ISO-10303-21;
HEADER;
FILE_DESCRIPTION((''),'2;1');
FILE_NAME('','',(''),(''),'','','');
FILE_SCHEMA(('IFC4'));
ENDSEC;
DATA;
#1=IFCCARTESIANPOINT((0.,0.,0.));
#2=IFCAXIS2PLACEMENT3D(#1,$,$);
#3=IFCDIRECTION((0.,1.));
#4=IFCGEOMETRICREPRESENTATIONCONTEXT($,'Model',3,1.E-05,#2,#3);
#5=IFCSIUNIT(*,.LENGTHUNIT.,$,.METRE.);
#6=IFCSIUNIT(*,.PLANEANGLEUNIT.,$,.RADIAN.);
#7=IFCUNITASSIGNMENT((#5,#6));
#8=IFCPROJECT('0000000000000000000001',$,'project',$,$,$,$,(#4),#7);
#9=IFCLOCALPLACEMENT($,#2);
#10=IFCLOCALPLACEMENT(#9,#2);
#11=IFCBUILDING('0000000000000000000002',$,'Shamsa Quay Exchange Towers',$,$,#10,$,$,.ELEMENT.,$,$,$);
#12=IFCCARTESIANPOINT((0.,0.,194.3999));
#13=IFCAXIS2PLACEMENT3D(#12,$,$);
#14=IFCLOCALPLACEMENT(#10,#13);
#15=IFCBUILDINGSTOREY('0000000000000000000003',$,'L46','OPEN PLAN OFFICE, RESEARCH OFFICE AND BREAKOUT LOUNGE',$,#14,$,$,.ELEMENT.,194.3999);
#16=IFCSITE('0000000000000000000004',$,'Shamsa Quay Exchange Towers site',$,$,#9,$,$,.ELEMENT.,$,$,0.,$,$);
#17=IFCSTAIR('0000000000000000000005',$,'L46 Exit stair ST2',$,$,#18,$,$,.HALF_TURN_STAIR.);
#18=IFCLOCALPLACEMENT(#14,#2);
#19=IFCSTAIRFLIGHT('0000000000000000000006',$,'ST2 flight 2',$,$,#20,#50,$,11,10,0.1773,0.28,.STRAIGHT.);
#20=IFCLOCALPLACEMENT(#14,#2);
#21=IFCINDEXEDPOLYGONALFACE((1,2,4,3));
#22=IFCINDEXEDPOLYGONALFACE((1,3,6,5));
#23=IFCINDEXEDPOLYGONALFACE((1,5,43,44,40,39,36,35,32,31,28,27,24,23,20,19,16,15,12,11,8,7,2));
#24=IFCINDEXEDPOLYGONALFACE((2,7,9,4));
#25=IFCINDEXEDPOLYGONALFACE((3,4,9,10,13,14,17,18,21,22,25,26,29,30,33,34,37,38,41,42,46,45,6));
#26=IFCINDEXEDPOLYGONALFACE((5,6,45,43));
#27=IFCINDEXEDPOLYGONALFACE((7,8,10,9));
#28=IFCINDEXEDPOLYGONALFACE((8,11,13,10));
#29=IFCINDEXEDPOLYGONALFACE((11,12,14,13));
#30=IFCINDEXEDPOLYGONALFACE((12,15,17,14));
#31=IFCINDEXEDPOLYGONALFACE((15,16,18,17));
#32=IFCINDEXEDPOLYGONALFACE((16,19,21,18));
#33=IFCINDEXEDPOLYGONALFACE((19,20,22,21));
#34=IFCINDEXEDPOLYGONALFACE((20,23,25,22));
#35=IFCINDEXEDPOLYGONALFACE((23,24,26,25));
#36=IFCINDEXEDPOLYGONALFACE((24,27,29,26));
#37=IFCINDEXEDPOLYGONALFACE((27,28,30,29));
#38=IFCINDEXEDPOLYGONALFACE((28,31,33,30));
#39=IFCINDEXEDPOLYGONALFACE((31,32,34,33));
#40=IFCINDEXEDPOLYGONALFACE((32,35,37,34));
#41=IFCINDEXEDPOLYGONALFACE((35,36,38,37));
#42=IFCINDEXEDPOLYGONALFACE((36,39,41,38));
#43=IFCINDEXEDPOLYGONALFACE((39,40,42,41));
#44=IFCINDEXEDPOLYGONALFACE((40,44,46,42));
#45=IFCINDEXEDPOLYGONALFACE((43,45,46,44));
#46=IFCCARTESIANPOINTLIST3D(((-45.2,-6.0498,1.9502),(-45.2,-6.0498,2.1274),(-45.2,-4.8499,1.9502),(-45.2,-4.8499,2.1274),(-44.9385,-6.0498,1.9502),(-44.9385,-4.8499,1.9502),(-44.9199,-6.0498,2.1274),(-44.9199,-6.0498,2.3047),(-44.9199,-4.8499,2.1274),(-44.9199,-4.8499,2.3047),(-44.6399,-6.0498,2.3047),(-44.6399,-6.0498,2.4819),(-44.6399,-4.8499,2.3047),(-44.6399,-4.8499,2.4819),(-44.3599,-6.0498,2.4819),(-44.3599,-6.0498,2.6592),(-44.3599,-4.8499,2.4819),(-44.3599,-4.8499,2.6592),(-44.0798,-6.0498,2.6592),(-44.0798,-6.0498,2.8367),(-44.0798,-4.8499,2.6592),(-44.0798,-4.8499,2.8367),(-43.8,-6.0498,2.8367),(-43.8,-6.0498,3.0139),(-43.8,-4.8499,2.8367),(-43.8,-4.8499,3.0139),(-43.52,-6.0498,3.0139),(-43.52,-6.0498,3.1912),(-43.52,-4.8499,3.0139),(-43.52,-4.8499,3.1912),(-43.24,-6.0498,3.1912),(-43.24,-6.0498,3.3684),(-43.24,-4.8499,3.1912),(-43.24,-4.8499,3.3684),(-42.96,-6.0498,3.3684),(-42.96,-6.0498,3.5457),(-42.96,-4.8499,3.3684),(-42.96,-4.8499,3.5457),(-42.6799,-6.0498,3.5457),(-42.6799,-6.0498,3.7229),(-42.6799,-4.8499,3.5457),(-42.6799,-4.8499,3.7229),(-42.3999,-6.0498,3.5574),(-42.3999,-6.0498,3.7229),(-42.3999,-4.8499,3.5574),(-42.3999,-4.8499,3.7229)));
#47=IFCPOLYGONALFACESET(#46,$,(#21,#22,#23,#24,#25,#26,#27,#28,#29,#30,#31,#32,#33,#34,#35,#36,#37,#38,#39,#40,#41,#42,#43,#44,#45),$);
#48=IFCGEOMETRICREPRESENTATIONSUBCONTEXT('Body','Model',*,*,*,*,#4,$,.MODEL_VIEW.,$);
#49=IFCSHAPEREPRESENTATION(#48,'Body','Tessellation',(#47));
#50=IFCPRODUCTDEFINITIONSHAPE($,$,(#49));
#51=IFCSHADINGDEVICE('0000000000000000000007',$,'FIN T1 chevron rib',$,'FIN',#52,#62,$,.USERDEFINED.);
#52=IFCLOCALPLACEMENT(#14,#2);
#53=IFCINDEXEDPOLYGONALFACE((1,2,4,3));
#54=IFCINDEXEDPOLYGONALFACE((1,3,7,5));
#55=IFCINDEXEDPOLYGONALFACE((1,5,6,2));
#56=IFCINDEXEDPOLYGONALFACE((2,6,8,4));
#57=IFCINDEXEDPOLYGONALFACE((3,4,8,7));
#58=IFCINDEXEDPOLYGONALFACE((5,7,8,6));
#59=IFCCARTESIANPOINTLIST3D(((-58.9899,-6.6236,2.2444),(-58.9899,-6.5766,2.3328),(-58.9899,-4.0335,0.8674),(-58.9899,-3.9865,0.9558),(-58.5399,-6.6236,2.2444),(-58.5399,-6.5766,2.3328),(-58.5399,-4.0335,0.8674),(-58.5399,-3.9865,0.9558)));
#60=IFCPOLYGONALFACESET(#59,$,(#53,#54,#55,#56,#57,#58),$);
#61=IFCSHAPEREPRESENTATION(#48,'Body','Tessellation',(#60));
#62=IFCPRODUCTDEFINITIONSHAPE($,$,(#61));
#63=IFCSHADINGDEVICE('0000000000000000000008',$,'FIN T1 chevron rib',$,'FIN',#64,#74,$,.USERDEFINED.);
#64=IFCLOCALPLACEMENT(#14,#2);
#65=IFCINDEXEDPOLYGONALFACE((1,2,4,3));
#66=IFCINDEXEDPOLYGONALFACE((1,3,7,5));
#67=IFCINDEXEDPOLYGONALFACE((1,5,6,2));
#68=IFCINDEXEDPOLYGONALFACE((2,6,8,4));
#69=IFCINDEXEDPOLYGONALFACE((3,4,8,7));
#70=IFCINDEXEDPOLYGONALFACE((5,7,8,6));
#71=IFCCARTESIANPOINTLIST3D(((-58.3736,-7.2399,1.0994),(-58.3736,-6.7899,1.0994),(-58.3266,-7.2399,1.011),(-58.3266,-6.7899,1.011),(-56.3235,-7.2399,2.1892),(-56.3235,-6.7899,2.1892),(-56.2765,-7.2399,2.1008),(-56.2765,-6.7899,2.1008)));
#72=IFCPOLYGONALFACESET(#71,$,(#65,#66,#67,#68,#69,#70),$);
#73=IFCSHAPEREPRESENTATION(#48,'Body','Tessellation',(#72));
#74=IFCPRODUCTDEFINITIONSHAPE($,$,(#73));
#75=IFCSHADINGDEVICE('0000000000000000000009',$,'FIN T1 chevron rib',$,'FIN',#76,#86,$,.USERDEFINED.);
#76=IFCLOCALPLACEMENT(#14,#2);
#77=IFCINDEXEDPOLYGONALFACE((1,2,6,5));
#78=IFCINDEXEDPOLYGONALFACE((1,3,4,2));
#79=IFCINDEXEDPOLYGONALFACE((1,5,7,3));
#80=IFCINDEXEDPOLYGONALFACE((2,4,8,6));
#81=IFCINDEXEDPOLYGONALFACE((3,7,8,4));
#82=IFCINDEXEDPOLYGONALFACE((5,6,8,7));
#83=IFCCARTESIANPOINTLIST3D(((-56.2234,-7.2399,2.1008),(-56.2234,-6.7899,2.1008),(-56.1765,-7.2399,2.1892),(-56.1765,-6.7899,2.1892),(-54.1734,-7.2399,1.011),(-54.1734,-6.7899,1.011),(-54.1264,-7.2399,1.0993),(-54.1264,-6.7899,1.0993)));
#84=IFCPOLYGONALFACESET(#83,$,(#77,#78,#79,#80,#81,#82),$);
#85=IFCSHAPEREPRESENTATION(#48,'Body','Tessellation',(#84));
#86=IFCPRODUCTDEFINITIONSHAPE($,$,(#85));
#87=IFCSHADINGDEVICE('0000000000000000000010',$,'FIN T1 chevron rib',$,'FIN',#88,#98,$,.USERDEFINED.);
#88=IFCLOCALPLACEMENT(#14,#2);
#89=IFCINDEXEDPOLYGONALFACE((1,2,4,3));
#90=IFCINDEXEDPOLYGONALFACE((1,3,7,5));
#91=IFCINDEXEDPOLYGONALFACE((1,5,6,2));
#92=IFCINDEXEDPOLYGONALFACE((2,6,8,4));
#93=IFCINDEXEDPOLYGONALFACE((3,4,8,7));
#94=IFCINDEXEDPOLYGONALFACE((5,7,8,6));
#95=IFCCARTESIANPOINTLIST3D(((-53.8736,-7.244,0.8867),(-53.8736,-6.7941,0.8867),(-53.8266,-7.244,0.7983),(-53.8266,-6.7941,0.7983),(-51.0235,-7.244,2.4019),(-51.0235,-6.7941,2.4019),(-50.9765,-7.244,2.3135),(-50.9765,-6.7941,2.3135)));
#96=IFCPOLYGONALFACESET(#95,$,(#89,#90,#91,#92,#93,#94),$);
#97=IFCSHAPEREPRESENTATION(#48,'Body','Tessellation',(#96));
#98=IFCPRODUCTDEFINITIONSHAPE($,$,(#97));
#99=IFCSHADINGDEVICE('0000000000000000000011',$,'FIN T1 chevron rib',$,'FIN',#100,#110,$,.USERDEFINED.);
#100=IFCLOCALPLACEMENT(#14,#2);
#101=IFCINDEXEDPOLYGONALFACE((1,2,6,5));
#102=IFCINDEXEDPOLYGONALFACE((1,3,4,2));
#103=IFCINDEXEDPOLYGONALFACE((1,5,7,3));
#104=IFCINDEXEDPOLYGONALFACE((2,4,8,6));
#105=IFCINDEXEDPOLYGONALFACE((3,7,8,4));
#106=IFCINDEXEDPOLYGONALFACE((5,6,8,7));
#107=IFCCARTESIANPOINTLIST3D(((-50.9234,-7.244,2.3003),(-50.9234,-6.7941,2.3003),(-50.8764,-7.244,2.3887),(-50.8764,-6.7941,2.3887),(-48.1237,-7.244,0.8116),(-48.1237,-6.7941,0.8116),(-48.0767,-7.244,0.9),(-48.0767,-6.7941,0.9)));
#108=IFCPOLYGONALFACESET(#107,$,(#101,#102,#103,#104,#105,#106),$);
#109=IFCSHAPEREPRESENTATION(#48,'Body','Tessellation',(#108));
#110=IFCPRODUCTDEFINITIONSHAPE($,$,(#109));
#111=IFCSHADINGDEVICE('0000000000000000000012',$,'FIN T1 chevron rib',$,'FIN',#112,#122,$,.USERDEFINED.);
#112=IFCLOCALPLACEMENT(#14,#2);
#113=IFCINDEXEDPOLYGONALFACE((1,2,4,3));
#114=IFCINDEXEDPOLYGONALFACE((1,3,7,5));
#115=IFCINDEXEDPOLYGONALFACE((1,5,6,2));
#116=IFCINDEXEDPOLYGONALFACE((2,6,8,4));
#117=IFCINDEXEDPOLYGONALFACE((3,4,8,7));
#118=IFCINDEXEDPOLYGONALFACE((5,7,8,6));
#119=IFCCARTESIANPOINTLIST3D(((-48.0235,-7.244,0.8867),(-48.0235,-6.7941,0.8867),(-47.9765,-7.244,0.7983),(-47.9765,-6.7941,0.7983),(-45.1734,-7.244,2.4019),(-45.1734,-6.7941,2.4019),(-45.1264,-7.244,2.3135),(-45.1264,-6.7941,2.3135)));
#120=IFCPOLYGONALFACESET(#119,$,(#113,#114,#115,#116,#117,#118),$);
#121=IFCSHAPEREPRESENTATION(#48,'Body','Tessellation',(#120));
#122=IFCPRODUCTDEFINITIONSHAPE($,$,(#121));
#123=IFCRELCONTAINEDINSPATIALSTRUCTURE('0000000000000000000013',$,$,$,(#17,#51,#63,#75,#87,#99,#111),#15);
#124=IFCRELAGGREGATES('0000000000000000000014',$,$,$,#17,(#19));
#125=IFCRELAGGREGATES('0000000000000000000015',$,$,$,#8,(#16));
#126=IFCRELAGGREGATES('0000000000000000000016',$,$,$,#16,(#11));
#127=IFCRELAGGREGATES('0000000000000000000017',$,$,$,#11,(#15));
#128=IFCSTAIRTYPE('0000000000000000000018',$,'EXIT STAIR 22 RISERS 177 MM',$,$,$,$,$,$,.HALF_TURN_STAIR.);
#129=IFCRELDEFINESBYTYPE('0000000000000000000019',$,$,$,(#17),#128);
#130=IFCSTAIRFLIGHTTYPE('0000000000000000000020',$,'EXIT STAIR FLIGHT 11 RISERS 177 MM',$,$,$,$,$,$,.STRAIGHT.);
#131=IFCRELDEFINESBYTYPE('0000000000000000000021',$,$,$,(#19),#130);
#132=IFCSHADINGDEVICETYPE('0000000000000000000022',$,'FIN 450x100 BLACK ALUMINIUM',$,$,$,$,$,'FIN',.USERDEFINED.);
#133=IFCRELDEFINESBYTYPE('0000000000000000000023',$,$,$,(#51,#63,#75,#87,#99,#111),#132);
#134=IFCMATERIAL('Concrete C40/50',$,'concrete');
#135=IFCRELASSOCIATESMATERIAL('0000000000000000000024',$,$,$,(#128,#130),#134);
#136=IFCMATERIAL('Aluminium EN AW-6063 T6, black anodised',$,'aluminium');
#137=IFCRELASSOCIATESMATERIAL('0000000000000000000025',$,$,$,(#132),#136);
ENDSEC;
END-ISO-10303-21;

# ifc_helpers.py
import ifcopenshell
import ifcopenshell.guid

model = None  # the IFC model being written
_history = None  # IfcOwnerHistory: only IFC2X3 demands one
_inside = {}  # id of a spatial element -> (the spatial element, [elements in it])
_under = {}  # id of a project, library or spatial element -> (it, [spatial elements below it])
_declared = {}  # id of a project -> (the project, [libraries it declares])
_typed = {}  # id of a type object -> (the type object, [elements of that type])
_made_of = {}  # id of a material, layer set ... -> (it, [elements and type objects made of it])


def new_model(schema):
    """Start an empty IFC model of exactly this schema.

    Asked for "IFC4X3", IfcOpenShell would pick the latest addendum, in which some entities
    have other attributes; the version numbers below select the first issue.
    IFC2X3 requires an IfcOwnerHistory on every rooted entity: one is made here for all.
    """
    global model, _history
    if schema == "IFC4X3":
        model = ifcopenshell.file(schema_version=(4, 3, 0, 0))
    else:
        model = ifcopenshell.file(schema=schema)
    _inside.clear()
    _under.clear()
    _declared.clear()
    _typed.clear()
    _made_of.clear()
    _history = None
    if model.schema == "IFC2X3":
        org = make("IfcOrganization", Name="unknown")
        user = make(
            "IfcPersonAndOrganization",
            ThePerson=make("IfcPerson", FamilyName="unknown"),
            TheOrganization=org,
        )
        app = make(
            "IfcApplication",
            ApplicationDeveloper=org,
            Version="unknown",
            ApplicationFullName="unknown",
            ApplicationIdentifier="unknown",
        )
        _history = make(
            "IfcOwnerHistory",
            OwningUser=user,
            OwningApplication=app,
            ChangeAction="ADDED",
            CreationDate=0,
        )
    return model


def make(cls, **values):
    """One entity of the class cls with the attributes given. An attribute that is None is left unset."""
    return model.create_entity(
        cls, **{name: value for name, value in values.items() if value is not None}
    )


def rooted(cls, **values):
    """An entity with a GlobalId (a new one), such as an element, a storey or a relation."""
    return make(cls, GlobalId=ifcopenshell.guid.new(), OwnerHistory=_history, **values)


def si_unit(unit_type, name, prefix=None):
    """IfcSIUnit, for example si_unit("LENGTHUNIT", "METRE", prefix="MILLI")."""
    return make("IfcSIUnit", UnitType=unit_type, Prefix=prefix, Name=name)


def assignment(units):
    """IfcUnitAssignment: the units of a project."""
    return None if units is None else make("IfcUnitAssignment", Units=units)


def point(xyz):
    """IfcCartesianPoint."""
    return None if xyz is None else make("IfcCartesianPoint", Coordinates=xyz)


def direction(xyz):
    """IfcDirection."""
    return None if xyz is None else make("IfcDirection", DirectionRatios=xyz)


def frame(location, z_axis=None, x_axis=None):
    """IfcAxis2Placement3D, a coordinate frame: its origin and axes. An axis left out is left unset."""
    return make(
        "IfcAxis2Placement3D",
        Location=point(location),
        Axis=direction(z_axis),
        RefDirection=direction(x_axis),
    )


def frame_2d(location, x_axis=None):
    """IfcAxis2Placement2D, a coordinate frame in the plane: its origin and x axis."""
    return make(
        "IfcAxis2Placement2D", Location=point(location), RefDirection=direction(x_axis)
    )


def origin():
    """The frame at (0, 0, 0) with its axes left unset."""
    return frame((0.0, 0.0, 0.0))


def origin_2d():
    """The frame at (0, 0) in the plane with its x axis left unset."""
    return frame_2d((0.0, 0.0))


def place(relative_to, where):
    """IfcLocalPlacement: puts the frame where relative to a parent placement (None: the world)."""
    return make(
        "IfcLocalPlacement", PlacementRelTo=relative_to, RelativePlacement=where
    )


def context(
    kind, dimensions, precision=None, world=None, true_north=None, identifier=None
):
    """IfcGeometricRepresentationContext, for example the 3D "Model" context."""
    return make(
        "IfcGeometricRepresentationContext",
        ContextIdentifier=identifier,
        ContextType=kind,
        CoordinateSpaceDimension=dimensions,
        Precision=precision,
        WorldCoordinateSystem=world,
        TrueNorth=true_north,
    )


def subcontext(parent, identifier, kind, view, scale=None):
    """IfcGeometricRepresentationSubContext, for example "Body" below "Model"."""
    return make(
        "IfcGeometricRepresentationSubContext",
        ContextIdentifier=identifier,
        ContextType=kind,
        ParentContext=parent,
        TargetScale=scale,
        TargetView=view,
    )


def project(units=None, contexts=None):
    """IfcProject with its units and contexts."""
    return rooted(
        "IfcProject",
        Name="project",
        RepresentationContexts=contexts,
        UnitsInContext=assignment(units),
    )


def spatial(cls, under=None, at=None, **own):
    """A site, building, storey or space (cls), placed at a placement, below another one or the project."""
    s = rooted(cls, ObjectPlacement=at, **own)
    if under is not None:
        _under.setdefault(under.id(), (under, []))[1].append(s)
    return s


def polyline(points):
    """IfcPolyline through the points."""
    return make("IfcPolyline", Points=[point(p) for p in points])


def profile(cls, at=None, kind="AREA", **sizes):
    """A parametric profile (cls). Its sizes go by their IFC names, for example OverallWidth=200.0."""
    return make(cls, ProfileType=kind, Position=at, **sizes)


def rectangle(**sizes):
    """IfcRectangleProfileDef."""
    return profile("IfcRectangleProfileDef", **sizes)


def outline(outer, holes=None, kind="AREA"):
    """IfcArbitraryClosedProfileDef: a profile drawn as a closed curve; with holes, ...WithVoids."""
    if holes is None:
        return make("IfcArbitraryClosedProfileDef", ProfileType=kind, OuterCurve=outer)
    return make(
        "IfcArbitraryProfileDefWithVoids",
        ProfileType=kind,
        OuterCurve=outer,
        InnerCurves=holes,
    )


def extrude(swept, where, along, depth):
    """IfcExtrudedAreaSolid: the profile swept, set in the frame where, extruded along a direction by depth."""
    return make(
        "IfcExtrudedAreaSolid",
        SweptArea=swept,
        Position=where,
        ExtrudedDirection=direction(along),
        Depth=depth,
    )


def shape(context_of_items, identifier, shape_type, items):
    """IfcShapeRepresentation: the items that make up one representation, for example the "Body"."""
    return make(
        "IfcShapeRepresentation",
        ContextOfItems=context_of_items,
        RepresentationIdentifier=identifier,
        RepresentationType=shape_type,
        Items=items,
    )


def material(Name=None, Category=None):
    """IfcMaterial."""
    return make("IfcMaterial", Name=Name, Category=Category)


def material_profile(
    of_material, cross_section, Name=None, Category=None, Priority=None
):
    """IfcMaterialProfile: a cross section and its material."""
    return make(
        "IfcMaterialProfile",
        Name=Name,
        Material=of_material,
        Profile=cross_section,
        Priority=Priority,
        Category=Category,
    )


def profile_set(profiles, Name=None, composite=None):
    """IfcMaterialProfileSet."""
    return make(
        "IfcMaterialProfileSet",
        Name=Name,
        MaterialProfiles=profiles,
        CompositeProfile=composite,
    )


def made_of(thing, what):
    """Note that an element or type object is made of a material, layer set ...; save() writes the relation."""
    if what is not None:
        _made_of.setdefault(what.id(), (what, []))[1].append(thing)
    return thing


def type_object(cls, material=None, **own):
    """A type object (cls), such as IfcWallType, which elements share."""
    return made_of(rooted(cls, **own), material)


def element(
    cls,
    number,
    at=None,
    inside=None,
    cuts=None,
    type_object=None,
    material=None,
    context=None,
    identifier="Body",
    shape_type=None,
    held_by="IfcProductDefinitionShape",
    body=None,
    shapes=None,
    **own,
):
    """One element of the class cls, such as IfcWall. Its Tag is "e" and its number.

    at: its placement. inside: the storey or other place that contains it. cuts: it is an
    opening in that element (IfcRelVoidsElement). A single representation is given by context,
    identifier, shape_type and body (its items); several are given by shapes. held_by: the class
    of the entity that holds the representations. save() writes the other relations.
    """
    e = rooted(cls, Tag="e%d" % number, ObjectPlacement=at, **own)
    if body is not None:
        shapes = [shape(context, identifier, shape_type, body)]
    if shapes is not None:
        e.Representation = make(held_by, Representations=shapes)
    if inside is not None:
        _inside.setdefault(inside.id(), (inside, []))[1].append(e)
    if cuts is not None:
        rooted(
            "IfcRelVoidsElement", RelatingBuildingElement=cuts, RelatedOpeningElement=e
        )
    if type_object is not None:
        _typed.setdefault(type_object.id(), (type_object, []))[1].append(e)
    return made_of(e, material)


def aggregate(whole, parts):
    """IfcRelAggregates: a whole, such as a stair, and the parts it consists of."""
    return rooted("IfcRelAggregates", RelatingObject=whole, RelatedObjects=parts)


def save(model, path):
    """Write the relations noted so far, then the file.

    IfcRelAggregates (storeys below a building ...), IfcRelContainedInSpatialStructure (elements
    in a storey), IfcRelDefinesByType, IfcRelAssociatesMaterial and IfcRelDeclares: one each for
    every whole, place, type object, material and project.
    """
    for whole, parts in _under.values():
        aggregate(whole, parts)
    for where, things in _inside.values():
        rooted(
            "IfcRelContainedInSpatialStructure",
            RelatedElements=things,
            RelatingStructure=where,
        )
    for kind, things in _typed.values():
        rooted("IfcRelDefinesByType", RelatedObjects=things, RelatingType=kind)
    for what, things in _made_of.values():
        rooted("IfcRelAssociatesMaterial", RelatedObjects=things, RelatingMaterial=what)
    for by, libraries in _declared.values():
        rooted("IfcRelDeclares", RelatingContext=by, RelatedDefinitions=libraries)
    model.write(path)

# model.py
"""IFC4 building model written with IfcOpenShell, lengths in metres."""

from ifc_helpers import new_model, si_unit, direction, frame, origin, origin_2d, place, context, subcontext, project, spatial, polyline, rectangle, outline, extrude, material, material_profile, profile_set, type_object, element, aggregate, save


model = new_model("IFC4")

# Units and contexts
model_context = context("Model", 3, precision=1e-05, world=origin(), true_north=direction((0.0, 1.0)))
body_context = subcontext(model_context, "Body", "Model", "MODEL_VIEW")
ifc_project = project(units=[si_unit("LENGTHUNIT", "METRE"), si_unit("PLANEANGLEUNIT", "RADIAN")], contexts=[model_context])

# Site, building, storey
site_placement = place(None, origin())
site = spatial("IfcSite", under=ifc_project, at=site_placement, Name="Shamsa Quay Exchange Towers site", CompositionType="ELEMENT", RefElevation=0.0)
building_placement = place(site_placement, origin())
building = spatial("IfcBuilding", under=site, at=building_placement, Name="Shamsa Quay Exchange Towers", CompositionType="ELEMENT")
storey_placement = place(building_placement, frame((0.0, 0.0, 194.3999)))
storey = spatial("IfcBuildingStorey", under=building, at=storey_placement, Name="L46", Description="OPEN PLAN OFFICE, RESEARCH OFFICE AND BREAKOUT LOUNGE", CompositionType="ELEMENT", Elevation=194.3999)

# Shared definitions
ifc_material_1 = material(Name="Aluminium EN AW-6063 T6, black anodised", Category="aluminium")

# Stair, stair flight
ifc_material_2 = material(Name="Concrete C40/50", Category="concrete")
stair_type = type_object("IfcStairType", Name="EXIT STAIR 22 RISERS 177 MM", PredefinedType="HALF_TURN_STAIR", material=ifc_material_2)
stair_placement = place(storey_placement, origin())
stair = element("IfcStair", 1, at=stair_placement, inside=storey, type_object=stair_type, Name="L46 Exit stair ST2", PredefinedType="HALF_TURN_STAIR")
stair_flight_type = type_object("IfcStairFlightType", Name="EXIT STAIR FLIGHT 11 RISERS 177 MM", PredefinedType="STRAIGHT", material=ifc_material_2)
stair_flight_placement = place(storey_placement, frame((-45.2, -5.45, 1.9502)))
stair_flight = element("IfcStairFlight", 2, at=stair_flight_placement, type_object=stair_flight_type, Name="ST2 flight 2", NumberOfRisers=11, NumberOfTreads=10, PredefinedType="STRAIGHT", RiserHeight=0.1773, TreadLength=0.28, context=body_context, shape_type="SweptSolid", body=[
    extrude(outline(polyline([(0.0, 0.0), (0.0, 0.1772), (0.28, 0.1772), (0.28, 0.3545), (0.5601, 0.3545), (0.5601, 0.5317), (0.8401, 0.5317), (0.8401, 0.709), (1.1201, 0.709), (1.1201, 0.8865), (1.3999, 0.8865), (1.3999, 1.0637), (1.6799, 1.0637), (1.6799, 1.241), (1.96, 1.241), (1.96, 1.4182), (2.24, 1.4182), (2.24, 1.5955), (2.52, 1.5955), (2.52, 1.7727), (2.8, 1.7727), (2.8, 1.95), (2.8, 1.6072), (0.2615, 0.0), (0.0, 0.0)])), frame((0.0, 0.6001, 0.0), z_axis=(0.0, -1.0, 0.0), x_axis=(1.0, 0.0, 0.0)), (0.0, 0.0, 1.0), 1.2),
])
aggregate(stair, [stair_flight])

# Shading devices
ifc_material_profile_1 = material_profile(ifc_material_1, rectangle(XDim=0.45, YDim=0.1001, at=origin_2d()), Name="FIN450x100")
ifc_profile_set_1 = profile_set([ifc_material_profile_1], Name="Aluminium EN AW-6063 T6, black anodised")
shading_device_type = type_object("IfcShadingDeviceType", Name="FIN 450x100 BLACK ALUMINIUM", ElementType="FIN", PredefinedType="USERDEFINED", material=ifc_profile_set_1)
shading_device_1_placement = place(storey_placement, frame((-58.7649, -4.01, 0.9116), z_axis=(0.0, -0.882979, 0.469413), x_axis=(1.0, 0.0, 0.0)))
element("IfcShadingDevice", 3, at=shading_device_1_placement, inside=storey, type_object=shading_device_type, Name="FIN T1 chevron rib", ObjectType="FIN", PredefinedType="USERDEFINED", context=body_context, shape_type="SweptSolid", body=[
    extrude(rectangle(XDim=0.45, YDim=0.1001, at=origin_2d()), origin(), (0.0, 0.0, 1.0), 2.9333),
])
for number, where, z_axis, x_axis, name in (
    (4, (-58.3501, -7.0149, 1.0552), (0.882981, 0.0, 0.469409), (0.0, 1.0, 0.0), "FIN T1 chevron rib"),
    (5, (-56.2, -7.0149, 2.145), (0.882981, 0.0, -0.469409), (0.0, 1.0, 0.0), "FIN T1 chevron rib"),
):
    element("IfcShadingDevice", number, at=place(storey_placement, frame(where, z_axis=z_axis, x_axis=x_axis)), inside=storey, type_object=shading_device_type, Name=name, ObjectType="FIN", PredefinedType="USERDEFINED", context=body_context, shape_type="SweptSolid", body=[
        extrude(rectangle(XDim=0.45, YDim=0.1001, at=origin_2d()), origin(), (0.0, 0.0, 1.0), 2.3218),
    ])
shading_device_2_placement = place(storey_placement, frame((-53.8501, -7.019, 0.8425), z_axis=(0.882984, 0.0, 0.469402), x_axis=(0.0, 1.0, 0.0)))
element("IfcShadingDevice", 6, at=shading_device_2_placement, inside=storey, type_object=shading_device_type, Name="FIN T1 chevron rib", ObjectType="FIN", PredefinedType="USERDEFINED", context=body_context, shape_type="SweptSolid", body=[
    extrude(rectangle(XDim=0.45, YDim=0.1001, at=origin_2d()), origin(), (0.0, 0.0, 1.0), 3.2278),
])
shading_device_3_placement = place(storey_placement, frame((-50.8999, -7.019, 2.3445), z_axis=(0.882936, 0.0, -0.469493), x_axis=(0.0, 1.0, 0.0)))
element("IfcShadingDevice", 7, at=shading_device_3_placement, inside=storey, type_object=shading_device_type, Name="FIN T1 chevron rib", ObjectType="FIN", PredefinedType="USERDEFINED", context=body_context, shape_type="SweptSolid", body=[
    extrude(rectangle(XDim=0.45, YDim=0.1001, at=origin_2d()), origin(), (0.0, 0.0, 1.0), 3.1709),
])
shading_device_4_placement = place(storey_placement, frame((-48.0, -7.019, 0.8425), z_axis=(0.882984, 0.0, 0.469402), x_axis=(0.0, 1.0, 0.0)))
element("IfcShadingDevice", 8, at=shading_device_4_placement, inside=storey, type_object=shading_device_type, Name="FIN T1 chevron rib", ObjectType="FIN", PredefinedType="USERDEFINED", context=body_context, shape_type="SweptSolid", body=[
    extrude(rectangle(XDim=0.45, YDim=0.1001, at=origin_2d()), origin(), (0.0, 0.0, 1.0), 3.2278),
])

save(model, "model.ifc")
